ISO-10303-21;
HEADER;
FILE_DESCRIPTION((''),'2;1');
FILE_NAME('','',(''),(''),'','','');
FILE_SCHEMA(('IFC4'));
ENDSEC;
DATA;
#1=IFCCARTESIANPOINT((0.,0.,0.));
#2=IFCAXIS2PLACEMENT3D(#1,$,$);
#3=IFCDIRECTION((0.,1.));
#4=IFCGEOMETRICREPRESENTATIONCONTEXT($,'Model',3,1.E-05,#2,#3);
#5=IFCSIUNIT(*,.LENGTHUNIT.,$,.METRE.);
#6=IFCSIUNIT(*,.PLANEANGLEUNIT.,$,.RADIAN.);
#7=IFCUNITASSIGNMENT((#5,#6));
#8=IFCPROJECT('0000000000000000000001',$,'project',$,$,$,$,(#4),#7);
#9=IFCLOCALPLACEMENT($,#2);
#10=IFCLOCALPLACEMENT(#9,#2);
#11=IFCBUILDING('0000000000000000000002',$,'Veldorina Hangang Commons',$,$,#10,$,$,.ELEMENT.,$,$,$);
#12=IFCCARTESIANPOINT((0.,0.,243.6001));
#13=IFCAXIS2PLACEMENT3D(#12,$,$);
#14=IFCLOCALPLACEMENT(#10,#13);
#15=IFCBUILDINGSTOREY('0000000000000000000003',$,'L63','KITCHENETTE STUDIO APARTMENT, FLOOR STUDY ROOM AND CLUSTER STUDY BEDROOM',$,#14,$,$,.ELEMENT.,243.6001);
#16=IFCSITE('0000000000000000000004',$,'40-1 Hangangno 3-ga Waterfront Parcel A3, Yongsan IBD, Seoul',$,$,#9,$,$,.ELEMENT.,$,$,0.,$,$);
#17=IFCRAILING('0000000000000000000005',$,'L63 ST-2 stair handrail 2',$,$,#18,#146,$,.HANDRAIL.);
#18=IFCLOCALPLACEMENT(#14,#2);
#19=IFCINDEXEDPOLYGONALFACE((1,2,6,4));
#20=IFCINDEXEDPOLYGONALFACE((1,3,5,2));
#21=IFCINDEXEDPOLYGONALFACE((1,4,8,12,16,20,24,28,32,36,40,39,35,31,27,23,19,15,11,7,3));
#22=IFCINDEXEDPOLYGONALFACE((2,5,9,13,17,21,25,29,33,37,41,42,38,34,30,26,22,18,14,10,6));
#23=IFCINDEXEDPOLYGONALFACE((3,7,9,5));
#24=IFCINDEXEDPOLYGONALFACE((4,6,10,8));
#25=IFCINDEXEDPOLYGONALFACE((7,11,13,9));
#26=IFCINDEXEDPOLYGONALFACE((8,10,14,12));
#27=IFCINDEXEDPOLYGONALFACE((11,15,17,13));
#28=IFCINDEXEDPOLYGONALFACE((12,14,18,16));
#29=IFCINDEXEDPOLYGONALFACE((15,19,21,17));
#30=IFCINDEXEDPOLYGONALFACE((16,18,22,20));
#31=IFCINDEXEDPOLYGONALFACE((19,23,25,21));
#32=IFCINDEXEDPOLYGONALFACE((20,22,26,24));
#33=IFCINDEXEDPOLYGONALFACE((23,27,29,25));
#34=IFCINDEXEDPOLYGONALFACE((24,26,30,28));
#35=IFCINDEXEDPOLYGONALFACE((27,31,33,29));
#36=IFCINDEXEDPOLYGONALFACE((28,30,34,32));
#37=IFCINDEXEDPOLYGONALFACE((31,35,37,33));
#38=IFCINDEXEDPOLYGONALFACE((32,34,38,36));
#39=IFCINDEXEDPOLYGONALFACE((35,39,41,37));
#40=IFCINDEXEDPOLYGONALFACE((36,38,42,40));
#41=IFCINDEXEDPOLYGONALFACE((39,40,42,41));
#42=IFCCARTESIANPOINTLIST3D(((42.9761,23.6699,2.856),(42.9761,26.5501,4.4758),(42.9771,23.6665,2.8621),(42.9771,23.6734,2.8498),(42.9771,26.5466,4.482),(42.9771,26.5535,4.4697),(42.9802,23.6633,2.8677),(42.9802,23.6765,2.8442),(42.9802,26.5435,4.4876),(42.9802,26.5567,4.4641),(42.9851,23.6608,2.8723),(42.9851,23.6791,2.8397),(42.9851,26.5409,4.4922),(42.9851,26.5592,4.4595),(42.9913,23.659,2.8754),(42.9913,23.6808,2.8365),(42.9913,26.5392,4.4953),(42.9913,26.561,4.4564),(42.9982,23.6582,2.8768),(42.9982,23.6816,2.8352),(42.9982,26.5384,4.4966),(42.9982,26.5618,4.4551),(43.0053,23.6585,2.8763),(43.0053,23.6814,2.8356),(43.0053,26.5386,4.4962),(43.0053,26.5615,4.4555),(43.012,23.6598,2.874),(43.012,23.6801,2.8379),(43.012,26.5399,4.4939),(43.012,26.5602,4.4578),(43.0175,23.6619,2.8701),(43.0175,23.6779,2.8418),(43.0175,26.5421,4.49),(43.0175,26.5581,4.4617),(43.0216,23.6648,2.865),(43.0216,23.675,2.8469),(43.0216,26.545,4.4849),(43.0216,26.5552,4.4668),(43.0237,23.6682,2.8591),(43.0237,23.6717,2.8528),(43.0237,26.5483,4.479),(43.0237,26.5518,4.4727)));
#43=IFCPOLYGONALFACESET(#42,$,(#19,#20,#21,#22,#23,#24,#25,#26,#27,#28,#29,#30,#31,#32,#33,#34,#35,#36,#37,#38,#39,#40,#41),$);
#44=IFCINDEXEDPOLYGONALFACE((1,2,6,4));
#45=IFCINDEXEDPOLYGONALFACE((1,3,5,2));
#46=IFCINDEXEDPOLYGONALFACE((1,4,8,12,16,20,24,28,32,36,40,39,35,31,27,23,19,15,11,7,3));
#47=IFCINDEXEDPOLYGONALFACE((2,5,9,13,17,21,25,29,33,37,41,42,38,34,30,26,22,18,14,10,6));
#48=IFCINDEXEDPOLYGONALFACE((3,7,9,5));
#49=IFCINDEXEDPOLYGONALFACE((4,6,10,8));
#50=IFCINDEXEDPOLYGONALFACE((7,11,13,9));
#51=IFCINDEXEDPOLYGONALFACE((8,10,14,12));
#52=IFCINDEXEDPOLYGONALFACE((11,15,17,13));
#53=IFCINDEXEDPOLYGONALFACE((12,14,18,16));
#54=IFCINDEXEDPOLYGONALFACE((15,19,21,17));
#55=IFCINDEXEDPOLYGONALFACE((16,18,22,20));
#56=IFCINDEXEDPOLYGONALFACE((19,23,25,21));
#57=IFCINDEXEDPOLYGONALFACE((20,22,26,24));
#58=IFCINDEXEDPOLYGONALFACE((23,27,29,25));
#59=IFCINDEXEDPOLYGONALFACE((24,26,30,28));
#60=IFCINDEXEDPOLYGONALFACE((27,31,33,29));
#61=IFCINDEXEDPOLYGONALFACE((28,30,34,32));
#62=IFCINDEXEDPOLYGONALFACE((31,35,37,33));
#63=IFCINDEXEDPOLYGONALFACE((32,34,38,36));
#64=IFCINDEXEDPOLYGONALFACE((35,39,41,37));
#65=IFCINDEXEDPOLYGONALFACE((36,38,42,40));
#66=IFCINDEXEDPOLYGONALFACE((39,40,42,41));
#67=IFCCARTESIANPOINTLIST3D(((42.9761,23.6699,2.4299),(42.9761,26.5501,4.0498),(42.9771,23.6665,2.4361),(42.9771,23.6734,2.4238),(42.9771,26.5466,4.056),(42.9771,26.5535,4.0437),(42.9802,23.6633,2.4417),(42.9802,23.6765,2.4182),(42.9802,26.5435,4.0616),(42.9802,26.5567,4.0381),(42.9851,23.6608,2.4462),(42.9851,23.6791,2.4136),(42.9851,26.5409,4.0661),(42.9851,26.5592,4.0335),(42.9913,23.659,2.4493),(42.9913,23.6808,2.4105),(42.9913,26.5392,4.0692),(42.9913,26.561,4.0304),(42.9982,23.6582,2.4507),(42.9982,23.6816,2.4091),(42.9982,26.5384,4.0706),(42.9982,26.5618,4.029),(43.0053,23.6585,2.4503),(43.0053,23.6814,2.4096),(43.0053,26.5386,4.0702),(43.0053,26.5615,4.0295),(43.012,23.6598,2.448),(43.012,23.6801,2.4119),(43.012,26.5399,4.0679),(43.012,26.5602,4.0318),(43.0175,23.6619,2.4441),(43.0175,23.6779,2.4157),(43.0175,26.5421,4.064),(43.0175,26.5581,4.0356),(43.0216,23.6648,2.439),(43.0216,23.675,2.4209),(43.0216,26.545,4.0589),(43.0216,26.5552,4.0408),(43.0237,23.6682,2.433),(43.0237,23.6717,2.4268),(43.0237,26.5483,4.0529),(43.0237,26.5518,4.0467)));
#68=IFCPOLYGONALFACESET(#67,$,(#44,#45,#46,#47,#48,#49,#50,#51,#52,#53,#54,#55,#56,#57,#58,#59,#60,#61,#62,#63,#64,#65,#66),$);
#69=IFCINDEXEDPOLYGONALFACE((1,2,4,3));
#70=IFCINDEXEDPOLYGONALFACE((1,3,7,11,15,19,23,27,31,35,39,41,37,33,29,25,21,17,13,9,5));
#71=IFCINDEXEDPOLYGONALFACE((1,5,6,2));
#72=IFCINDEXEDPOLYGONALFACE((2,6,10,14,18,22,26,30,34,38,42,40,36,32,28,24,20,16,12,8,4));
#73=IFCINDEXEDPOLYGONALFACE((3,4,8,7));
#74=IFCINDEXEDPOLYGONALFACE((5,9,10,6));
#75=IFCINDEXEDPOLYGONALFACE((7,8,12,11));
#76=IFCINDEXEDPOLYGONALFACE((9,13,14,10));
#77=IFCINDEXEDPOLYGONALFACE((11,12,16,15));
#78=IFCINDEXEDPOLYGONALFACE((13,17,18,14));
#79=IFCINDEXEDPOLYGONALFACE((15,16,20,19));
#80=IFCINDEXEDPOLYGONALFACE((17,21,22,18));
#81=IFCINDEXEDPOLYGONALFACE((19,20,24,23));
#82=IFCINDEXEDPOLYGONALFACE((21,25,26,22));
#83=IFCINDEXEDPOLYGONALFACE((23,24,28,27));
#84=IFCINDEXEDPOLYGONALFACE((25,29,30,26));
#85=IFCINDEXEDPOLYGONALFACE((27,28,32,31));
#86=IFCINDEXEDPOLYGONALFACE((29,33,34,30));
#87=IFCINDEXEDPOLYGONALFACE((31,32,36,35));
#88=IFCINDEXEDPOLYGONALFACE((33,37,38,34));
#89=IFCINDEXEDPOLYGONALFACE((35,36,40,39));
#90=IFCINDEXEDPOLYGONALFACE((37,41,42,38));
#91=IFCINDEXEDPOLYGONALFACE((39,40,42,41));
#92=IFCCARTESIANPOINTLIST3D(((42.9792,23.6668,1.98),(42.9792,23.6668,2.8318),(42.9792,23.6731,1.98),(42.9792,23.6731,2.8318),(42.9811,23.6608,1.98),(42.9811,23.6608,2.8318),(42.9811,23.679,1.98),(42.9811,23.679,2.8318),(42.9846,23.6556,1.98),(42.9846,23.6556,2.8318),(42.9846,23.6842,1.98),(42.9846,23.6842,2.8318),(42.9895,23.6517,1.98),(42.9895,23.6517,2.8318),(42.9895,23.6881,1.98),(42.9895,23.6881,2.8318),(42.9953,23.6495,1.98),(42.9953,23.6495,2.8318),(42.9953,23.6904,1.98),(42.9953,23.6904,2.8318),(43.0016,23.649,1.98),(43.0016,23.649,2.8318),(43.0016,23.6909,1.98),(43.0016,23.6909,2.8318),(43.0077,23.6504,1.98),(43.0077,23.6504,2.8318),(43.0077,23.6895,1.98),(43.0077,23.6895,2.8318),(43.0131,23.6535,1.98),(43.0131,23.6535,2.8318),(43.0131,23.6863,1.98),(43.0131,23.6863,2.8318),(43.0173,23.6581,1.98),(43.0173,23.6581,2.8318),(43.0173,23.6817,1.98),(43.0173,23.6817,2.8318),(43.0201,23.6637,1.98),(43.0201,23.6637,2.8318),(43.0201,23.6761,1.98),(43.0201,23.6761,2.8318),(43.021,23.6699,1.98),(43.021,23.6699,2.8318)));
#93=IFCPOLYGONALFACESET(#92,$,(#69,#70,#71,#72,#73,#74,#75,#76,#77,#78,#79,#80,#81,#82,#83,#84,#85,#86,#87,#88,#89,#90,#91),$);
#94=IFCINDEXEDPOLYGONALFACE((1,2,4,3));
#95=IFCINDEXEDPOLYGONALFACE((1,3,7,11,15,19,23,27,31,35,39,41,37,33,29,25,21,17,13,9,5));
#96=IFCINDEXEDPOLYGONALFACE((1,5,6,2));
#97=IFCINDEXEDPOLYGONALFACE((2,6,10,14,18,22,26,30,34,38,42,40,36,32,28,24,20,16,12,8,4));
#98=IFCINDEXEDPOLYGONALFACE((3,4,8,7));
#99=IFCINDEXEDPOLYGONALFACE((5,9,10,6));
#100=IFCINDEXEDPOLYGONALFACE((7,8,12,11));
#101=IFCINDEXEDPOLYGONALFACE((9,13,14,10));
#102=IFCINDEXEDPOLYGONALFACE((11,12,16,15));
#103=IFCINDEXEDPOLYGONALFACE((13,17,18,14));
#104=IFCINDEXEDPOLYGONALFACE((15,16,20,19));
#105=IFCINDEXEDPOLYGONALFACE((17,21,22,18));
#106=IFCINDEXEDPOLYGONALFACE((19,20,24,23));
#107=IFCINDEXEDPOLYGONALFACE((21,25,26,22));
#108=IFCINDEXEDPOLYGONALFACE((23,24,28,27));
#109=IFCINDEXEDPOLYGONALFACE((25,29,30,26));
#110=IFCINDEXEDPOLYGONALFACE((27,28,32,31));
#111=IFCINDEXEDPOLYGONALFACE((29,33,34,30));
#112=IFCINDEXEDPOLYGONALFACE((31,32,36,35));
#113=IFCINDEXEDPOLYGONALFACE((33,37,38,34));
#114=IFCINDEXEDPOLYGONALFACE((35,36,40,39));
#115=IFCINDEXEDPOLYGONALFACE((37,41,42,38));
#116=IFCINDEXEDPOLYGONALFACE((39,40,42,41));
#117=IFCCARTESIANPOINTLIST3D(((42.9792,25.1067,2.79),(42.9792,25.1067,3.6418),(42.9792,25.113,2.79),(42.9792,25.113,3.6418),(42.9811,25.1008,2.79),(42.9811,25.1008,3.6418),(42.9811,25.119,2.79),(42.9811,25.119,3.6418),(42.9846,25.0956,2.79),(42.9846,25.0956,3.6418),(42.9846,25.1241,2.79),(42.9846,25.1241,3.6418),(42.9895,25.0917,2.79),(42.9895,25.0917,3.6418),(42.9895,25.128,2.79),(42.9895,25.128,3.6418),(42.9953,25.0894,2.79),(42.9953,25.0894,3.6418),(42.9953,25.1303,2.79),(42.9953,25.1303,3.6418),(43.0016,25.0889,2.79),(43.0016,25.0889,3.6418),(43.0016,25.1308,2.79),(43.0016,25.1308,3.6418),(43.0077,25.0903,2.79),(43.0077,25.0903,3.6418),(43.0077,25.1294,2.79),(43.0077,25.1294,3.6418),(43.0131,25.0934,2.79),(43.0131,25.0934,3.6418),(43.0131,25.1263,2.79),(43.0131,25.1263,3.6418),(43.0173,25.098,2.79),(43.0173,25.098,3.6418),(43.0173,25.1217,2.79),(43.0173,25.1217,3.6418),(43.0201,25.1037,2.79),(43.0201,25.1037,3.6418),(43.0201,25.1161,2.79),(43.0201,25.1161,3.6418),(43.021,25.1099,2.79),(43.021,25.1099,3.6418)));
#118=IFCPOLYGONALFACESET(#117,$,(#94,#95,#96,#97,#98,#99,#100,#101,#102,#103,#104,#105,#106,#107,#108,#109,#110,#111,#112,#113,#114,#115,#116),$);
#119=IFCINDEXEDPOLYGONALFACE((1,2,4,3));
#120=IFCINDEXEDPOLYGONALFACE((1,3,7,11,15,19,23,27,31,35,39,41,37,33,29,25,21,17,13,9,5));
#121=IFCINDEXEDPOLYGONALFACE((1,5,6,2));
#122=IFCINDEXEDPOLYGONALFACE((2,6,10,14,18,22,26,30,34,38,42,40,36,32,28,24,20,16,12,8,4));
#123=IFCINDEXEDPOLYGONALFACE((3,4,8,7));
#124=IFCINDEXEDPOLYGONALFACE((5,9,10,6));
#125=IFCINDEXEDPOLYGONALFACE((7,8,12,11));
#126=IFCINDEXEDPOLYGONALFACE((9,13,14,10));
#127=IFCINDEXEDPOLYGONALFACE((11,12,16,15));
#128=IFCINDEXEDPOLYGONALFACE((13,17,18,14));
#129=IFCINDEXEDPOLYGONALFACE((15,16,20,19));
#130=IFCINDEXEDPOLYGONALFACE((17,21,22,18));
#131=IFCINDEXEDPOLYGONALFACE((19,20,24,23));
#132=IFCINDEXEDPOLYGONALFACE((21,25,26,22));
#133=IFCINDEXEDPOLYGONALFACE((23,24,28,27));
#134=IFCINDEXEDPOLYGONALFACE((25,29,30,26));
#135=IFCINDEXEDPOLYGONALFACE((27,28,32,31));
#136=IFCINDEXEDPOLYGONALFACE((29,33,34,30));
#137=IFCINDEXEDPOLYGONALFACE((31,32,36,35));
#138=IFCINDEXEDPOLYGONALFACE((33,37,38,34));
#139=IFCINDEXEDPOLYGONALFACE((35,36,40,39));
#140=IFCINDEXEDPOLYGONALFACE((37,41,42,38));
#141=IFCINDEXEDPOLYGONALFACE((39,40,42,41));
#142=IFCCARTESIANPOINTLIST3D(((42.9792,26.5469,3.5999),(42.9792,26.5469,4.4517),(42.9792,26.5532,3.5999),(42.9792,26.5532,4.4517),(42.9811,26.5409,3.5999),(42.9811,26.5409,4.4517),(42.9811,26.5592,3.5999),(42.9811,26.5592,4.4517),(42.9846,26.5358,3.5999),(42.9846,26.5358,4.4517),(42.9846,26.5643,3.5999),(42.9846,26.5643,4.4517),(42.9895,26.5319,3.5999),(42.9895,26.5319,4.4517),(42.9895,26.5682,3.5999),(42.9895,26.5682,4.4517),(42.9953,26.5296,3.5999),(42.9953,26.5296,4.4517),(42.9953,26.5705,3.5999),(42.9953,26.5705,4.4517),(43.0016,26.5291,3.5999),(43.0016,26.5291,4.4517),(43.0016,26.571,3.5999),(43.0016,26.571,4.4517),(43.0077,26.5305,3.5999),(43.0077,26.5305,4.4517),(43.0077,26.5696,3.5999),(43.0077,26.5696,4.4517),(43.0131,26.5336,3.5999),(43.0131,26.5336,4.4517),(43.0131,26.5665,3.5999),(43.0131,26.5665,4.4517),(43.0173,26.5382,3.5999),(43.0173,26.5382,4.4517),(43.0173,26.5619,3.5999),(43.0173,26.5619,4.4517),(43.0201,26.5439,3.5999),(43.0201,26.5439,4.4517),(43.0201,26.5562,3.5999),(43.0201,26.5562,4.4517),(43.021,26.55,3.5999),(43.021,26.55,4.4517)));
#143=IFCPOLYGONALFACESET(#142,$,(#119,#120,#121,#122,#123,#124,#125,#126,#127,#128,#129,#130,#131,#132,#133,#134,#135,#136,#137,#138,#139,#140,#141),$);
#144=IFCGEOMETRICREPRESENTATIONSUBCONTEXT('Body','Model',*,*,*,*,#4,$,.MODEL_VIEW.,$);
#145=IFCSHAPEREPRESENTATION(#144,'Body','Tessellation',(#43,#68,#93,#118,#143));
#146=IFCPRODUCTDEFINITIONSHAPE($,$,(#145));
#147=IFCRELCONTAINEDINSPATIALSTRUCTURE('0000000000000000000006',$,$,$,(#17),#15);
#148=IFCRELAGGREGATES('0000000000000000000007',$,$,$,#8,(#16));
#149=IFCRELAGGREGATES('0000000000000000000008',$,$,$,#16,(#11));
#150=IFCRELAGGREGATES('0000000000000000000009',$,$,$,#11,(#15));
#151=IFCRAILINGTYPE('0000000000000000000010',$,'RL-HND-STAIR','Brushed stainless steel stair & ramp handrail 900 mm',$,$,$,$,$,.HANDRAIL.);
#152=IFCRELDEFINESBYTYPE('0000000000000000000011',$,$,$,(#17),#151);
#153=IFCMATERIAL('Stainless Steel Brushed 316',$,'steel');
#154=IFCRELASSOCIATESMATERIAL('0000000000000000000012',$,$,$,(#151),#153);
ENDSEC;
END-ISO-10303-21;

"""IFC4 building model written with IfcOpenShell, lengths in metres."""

from ifc_helpers import new_model, si_unit, direction, frame, origin, origin_2d, place, context, subcontext, project, spatial, circle, extrude, material, type_object, element, save


model = new_model("IFC4")

# Units and contexts
model_context = context("Model", 3, precision=1e-05, world=origin(), true_north=direction((0.0, 1.0)))
body_context = subcontext(model_context, "Body", "Model", "MODEL_VIEW")
ifc_project = project(units=[si_unit("LENGTHUNIT", "METRE"), si_unit("PLANEANGLEUNIT", "RADIAN")], contexts=[model_context])

# Site, building, storey
site_placement = place(None, origin())
site = spatial("IfcSite", under=ifc_project, at=site_placement, Name="40-1 Hangangno 3-ga Waterfront Parcel A3, Yongsan IBD, Seoul", CompositionType="ELEMENT", RefElevation=0.0)
building_placement = place(site_placement, origin())
building = spatial("IfcBuilding", under=site, at=building_placement, Name="Veldorina Hangang Commons", CompositionType="ELEMENT")
storey_placement = place(building_placement, frame((0.0, 0.0, 243.6001)))
storey = spatial("IfcBuildingStorey", under=building, at=storey_placement, Name="L63", Description="KITCHENETTE STUDIO APARTMENT, FLOOR STUDY ROOM AND CLUSTER STUDY BEDROOM", CompositionType="ELEMENT", Elevation=243.6001)

# Railing
ifc_material_1 = material(Name="Stainless Steel Brushed 316", Category="steel")
railing_type_1 = type_object("IfcRailingType", Name="RL-HND-STAIR", Description="Brushed stainless steel stair & ramp handrail 900 mm", PredefinedType="HANDRAIL", material=ifc_material_1)
railing_1_placement = place(storey_placement, frame((43.0, 23.6699, 1.98)))
element("IfcRailing", 1, at=railing_1_placement, inside=storey, type_object=railing_type_1, Name="L63 ST-2 stair handrail 2", PredefinedType="HANDRAIL", context=body_context, shape_type="SweptSolid", body=[
    extrude(circle(Radius=0.0239, at=origin_2d()), frame((0.0, 0.0, 0.876), z_axis=(0.0, 0.871601, 0.490216), x_axis=(-1.0, 0.0, 0.0)), (0.0, 0.0, 1.0), 3.3044),
    extrude(circle(Radius=0.0239, at=origin_2d()), frame((0.0, 0.0, 0.45), z_axis=(0.0, 0.871601, 0.490216), x_axis=(-1.0, 0.0, 0.0)), (0.0, 0.0, 1.0), 3.3044),
    extrude(circle(Radius=0.021, at=origin_2d()), origin(), (0.0, 0.0, 1.0), 0.8518),
    extrude(circle(Radius=0.021, at=origin_2d()), frame((0.0, 1.4399, 0.8101)), (0.0, 0.0, 1.0), 0.8518),
    extrude(circle(Radius=0.021, at=origin_2d()), frame((0.0, 2.8801, 1.6199)), (0.0, 0.0, 1.0), 0.8518),
])

save(model, "model.ifc")
